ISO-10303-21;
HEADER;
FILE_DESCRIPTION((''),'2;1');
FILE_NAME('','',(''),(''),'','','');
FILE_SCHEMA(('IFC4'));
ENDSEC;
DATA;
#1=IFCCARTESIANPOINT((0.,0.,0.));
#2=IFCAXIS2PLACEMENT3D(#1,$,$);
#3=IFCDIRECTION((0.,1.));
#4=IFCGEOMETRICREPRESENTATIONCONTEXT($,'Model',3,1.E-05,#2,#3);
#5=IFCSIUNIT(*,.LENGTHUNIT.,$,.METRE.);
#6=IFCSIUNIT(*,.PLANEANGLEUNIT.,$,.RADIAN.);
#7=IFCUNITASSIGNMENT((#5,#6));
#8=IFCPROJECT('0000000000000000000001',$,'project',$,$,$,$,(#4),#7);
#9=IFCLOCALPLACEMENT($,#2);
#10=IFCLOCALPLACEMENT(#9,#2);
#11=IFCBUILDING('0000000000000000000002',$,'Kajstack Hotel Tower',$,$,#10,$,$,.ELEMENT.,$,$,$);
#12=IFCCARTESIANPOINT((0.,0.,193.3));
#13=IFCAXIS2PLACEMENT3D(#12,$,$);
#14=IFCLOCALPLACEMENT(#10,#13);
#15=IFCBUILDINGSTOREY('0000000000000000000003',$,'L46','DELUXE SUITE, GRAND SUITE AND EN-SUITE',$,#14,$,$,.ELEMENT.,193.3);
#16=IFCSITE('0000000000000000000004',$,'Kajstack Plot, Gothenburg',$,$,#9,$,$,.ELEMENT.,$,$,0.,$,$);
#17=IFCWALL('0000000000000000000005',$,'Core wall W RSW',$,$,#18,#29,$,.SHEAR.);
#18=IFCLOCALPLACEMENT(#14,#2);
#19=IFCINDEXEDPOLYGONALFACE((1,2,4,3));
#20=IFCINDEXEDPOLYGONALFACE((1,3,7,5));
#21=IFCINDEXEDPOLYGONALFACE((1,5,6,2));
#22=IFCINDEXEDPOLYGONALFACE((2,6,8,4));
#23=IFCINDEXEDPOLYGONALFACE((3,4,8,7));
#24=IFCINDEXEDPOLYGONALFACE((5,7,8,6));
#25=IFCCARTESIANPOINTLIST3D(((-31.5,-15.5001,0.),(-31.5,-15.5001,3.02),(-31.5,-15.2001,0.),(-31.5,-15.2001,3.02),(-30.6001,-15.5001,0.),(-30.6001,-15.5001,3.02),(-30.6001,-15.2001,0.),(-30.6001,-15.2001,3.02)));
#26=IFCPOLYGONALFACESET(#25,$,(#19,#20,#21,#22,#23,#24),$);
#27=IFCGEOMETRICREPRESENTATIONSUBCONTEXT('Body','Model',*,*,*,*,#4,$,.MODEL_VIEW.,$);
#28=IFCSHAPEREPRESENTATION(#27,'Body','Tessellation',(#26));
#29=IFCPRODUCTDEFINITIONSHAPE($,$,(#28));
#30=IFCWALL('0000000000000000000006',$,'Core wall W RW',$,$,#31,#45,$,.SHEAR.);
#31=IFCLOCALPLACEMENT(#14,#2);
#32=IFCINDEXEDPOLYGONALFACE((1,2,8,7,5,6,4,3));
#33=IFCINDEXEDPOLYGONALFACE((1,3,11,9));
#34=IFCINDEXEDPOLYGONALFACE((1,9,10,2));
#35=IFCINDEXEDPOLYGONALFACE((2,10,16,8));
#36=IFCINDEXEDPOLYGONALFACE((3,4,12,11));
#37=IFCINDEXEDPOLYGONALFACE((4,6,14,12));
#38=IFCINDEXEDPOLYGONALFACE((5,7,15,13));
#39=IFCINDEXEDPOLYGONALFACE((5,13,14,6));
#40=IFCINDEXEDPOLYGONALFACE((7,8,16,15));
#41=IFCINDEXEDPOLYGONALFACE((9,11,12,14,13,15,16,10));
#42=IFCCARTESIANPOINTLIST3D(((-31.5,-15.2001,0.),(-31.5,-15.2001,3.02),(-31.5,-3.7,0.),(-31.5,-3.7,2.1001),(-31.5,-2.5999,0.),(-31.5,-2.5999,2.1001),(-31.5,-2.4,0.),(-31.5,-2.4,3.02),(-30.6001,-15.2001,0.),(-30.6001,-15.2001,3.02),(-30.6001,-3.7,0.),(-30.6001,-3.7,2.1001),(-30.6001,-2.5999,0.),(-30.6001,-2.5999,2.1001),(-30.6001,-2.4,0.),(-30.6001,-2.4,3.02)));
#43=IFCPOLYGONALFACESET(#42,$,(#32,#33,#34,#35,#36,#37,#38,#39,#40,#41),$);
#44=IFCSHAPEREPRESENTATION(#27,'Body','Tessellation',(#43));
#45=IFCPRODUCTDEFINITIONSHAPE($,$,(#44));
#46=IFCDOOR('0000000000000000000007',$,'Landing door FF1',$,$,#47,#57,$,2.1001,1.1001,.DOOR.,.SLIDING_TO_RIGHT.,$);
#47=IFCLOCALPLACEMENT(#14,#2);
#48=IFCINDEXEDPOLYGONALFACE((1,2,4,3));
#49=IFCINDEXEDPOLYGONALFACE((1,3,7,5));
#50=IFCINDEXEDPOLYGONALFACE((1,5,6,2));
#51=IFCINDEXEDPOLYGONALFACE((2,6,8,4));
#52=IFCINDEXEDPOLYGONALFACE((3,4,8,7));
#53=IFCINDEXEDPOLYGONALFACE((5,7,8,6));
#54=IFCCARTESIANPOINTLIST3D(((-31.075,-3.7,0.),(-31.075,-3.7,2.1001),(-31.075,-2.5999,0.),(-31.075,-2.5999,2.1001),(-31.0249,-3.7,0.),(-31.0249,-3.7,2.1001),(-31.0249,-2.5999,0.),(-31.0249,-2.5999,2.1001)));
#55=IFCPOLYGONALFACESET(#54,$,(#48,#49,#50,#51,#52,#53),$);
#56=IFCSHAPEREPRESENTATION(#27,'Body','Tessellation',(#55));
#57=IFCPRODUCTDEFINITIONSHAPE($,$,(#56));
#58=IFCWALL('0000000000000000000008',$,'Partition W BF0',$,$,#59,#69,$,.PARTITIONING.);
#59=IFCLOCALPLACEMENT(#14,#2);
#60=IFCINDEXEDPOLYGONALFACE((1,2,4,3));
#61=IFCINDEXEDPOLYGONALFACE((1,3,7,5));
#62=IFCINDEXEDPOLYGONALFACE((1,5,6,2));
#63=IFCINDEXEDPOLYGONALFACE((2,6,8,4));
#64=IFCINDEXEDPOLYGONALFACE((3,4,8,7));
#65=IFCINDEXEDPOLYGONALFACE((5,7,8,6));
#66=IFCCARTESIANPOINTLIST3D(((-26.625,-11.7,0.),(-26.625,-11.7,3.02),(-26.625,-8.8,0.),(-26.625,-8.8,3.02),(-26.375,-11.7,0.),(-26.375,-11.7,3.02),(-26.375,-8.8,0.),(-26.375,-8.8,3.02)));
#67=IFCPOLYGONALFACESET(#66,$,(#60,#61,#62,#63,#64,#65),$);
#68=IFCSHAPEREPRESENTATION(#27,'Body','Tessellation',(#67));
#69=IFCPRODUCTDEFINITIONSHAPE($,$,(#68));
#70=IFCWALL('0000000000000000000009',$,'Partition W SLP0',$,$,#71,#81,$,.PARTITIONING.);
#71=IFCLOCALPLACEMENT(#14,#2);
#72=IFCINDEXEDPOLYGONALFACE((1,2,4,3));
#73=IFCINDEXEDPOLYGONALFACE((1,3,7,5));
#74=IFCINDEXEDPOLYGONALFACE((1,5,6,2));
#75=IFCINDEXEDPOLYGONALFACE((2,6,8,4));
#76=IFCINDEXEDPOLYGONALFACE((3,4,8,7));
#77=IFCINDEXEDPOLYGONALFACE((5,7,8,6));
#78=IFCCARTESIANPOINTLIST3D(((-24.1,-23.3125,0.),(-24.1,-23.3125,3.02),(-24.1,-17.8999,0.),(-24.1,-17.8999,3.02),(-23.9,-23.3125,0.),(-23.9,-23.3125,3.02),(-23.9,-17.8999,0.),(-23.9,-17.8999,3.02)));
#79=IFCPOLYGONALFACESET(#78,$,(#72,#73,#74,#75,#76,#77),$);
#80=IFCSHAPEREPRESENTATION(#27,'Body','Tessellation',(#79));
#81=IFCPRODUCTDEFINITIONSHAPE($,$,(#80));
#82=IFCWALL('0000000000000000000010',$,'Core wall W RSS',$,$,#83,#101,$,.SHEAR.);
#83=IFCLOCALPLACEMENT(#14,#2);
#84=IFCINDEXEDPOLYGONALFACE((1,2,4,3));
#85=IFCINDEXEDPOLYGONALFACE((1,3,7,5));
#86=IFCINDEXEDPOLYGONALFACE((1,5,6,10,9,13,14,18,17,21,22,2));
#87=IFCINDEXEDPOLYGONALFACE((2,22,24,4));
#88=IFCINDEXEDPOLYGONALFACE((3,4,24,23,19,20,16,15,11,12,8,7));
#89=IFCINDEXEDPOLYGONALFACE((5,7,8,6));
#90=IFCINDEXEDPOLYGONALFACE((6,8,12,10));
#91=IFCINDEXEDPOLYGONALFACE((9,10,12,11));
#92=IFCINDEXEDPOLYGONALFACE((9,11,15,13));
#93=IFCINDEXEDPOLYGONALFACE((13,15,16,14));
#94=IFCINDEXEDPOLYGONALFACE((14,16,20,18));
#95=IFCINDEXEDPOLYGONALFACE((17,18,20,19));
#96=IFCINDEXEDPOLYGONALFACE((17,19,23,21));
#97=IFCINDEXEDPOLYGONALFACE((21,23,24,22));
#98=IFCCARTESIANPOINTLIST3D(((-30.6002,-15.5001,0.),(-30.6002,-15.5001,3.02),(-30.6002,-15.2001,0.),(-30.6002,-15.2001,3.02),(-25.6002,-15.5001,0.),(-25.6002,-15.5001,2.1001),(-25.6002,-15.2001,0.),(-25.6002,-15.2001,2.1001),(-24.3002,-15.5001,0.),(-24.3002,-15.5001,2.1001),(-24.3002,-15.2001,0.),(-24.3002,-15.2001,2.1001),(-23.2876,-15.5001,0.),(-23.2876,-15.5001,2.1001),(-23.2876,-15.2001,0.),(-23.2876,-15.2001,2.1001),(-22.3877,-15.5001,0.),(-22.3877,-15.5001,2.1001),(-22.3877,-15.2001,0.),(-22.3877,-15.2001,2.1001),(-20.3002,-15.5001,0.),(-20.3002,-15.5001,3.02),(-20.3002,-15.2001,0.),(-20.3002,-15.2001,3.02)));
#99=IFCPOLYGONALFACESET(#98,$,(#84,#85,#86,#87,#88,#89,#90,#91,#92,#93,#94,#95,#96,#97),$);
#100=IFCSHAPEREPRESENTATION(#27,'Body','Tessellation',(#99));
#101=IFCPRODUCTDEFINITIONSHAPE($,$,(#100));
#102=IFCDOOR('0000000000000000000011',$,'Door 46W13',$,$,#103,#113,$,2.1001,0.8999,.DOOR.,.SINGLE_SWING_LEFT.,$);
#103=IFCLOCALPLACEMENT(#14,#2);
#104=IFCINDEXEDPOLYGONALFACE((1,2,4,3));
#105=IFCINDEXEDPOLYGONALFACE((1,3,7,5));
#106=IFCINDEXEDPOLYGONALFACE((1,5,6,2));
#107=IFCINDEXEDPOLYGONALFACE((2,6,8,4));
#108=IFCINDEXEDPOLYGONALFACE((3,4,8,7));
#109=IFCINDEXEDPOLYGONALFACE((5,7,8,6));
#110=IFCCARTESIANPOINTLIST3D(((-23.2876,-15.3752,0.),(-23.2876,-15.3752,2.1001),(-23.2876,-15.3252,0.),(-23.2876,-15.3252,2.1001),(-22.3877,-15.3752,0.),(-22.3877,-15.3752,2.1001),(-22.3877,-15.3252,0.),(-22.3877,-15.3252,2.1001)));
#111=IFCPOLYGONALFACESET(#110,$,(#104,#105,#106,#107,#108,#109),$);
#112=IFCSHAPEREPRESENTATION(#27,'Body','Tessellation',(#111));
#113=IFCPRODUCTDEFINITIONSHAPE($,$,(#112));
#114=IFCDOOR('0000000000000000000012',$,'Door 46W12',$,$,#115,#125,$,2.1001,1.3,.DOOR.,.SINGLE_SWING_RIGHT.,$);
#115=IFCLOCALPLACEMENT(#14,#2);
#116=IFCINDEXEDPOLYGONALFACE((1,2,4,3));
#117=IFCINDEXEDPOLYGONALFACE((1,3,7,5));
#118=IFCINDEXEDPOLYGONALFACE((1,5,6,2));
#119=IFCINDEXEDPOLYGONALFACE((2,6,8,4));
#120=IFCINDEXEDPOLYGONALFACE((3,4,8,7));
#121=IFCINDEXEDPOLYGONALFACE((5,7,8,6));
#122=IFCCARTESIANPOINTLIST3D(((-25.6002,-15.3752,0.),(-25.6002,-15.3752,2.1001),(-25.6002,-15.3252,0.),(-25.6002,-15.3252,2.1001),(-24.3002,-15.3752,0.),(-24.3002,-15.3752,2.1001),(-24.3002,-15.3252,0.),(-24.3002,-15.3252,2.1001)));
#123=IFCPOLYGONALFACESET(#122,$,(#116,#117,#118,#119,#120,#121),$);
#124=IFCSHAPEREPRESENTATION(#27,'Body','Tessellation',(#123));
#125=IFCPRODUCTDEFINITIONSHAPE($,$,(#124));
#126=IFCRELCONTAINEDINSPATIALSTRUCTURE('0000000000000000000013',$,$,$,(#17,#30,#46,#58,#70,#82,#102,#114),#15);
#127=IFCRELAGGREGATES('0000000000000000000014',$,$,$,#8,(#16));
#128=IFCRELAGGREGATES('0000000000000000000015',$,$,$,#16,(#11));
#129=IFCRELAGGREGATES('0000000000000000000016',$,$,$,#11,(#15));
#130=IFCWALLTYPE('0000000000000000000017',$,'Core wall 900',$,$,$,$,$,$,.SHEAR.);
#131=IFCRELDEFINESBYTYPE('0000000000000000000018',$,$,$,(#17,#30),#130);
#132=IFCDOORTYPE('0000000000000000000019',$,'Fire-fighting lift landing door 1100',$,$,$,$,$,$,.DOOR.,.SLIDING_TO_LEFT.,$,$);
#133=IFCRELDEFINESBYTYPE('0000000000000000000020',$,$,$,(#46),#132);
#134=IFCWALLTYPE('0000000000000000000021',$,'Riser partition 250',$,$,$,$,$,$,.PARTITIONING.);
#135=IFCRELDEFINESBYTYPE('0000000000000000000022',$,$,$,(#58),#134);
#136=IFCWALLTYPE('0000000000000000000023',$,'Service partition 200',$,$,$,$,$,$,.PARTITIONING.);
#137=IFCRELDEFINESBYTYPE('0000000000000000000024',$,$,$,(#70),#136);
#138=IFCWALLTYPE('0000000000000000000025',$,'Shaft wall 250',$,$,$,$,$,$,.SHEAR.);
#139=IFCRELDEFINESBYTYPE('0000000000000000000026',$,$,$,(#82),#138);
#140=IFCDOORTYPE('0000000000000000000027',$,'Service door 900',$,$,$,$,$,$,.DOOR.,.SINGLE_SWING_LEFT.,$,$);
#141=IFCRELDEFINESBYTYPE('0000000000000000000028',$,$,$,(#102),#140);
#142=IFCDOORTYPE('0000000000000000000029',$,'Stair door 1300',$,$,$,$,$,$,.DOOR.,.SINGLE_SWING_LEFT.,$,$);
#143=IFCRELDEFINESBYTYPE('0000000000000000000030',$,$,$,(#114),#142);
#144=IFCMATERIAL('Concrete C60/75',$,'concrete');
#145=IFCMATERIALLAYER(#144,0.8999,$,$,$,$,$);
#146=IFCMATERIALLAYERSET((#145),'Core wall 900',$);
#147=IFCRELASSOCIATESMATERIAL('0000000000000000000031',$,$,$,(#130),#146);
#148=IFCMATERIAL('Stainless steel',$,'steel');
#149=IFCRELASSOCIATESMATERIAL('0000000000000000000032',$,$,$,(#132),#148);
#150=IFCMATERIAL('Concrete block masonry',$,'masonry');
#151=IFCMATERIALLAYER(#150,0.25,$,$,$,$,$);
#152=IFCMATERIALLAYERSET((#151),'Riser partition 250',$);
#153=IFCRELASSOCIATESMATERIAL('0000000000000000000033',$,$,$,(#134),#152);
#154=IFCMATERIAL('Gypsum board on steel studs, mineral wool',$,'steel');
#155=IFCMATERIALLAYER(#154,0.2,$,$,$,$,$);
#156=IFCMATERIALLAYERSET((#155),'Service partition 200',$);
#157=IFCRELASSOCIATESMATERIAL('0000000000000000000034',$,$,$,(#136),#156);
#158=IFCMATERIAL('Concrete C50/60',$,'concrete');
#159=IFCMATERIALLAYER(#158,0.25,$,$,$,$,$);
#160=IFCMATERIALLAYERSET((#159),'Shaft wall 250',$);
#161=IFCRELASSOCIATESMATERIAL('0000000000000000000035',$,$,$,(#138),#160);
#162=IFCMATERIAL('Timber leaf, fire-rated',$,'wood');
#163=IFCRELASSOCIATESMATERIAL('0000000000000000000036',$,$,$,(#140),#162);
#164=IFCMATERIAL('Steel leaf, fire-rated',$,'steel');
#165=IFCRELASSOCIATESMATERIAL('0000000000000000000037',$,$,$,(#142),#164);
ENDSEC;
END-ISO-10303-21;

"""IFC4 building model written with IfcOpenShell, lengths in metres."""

from ifc_helpers import new_model, si_unit, direction, frame, frame_2d, origin, place, context, subcontext, project, spatial, rectangle, extrude, material, layer, layer_set, type_object, element, fill, save


model = new_model("IFC4")

# Units and contexts
model_context = context("Model", 3, precision=1e-05, world=origin(), true_north=direction((0.0, 1.0)))
body_context = subcontext(model_context, "Body", "Model", "MODEL_VIEW")
ifc_project = project(units=[si_unit("LENGTHUNIT", "METRE"), si_unit("PLANEANGLEUNIT", "RADIAN")], contexts=[model_context])

# Site, building, storey
site_placement = place(None, origin())
site = spatial("IfcSite", under=ifc_project, at=site_placement, Name="Kajstack Plot, Gothenburg", CompositionType="ELEMENT", RefElevation=0.0)
building_placement = place(site_placement, origin())
building = spatial("IfcBuilding", under=site, at=building_placement, Name="Kajstack Hotel Tower", CompositionType="ELEMENT")
storey_placement = place(building_placement, frame((0.0, 0.0, 193.3)))
storey = spatial("IfcBuildingStorey", under=building, at=storey_placement, Name="L46", Description="DELUXE SUITE, GRAND SUITE AND EN-SUITE", CompositionType="ELEMENT", Elevation=193.3)

# Wall
ifc_material_1 = material(Name="Concrete C60/75", Category="concrete")
ifc_layer_1 = layer(ifc_material_1, 0.8999)
ifc_layer_set_1 = layer_set([ifc_layer_1], Name="Core wall 900")
wall_type_1 = type_object("IfcWallType", Name="Core wall 900", PredefinedType="SHEAR", material=ifc_layer_set_1)
wall_1_placement = place(storey_placement, frame((-31.5, -15.3501, 0.0), z_axis=(0.0, 0.0, 1.0), x_axis=(1.0, 0.0, 0.0)))
element("IfcWall", 1, at=wall_1_placement, inside=storey, type_object=wall_type_1, Name="Core wall W RSW", PredefinedType="SHEAR", context=body_context, shape_type="SweptSolid", body=[
    extrude(rectangle(XDim=0.8999, YDim=0.3, at=frame_2d((0.45, 0.0))), origin(), (0.0, 0.0, 1.0), 3.02),
])

# Wall, opening, door
wall_2_placement = place(storey_placement, frame((-31.05, -15.2, 0.0), z_axis=(0.0, 0.0, 1.0), x_axis=(0.0, 1.0, 0.0)))
wall_2 = element("IfcWall", 2, at=wall_2_placement, inside=storey, type_object=wall_type_1, Name="Core wall W RW", PredefinedType="SHEAR", context=body_context, shape_type="SweptSolid", body=[
    extrude(rectangle(XDim=12.8, YDim=0.8999, at=frame_2d((6.3999, 0.0))), origin(), (0.0, 0.0, 1.0), 3.02),
])
opening_1_placement = place(wall_2_placement, frame((11.5, 0.0, 0.0)))
opening_1 = element("IfcOpeningElement", 3, at=opening_1_placement, cuts=wall_2, PredefinedType="OPENING", context=body_context, shape_type="SweptSolid", body=[
    extrude(rectangle(XDim=1.1001, YDim=2.1001, at=frame_2d((0.55, 1.05))), frame((0.0, 0.46, 0.0), z_axis=(0.0, -1.0, 0.0), x_axis=(1.0, 0.0, 0.0)), (0.0, 0.0, 1.0), 0.9199),
])
ifc_material_2 = material(Name="Stainless steel", Category="steel")
door_type_1 = type_object("IfcDoorType", Name="Fire-fighting lift landing door 1100", OperationType="SLIDING_TO_LEFT", PredefinedType="DOOR", material=ifc_material_2)
door_1_placement = place(opening_1_placement, origin())
door_1 = element("IfcDoor", 4, at=door_1_placement, inside=storey, type_object=door_type_1, Name="Landing door FF1", OperationType="SLIDING_TO_RIGHT", OverallHeight=2.1001, OverallWidth=1.1001, PredefinedType="DOOR", context=body_context, shape_type="SweptSolid", body=[
    extrude(rectangle(XDim=1.1001, YDim=2.1001, at=frame_2d((0.55, 1.05))), frame((0.0, 0.0249, 0.0), z_axis=(0.0, -1.0, 0.0), x_axis=(1.0, 0.0, 0.0)), (0.0, 0.0, 1.0), 0.05),
])
fill(opening_1, door_1)

# Walls
ifc_material_3 = material(Name="Concrete block masonry", Category="masonry")
ifc_layer_2 = layer(ifc_material_3, 0.25)
ifc_layer_set_2 = layer_set([ifc_layer_2], Name="Riser partition 250")
wall_type_2 = type_object("IfcWallType", Name="Riser partition 250", PredefinedType="PARTITIONING", material=ifc_layer_set_2)
wall_3_placement = place(storey_placement, frame((-26.5, -11.7, 0.0), z_axis=(0.0, 0.0, 1.0), x_axis=(0.0, 1.0, 0.0)))
element("IfcWall", 5, at=wall_3_placement, inside=storey, type_object=wall_type_2, Name="Partition W BF0", PredefinedType="PARTITIONING", context=body_context, shape_type="SweptSolid", body=[
    extrude(rectangle(XDim=2.8999, YDim=0.25, at=frame_2d((1.45, 0.0))), origin(), (0.0, 0.0, 1.0), 3.02),
])
ifc_material_4 = material(Name="Gypsum board on steel studs, mineral wool", Category="steel")
ifc_layer_3 = layer(ifc_material_4, 0.2)
ifc_layer_set_3 = layer_set([ifc_layer_3], Name="Service partition 200")
wall_type_3 = type_object("IfcWallType", Name="Service partition 200", PredefinedType="PARTITIONING", material=ifc_layer_set_3)
wall_4_placement = place(storey_placement, frame((-24.0, -23.3125, 0.0), z_axis=(0.0, 0.0, 1.0), x_axis=(0.0, 1.0, 0.0)))
element("IfcWall", 6, at=wall_4_placement, inside=storey, type_object=wall_type_3, Name="Partition W SLP0", PredefinedType="PARTITIONING", context=body_context, shape_type="SweptSolid", body=[
    extrude(rectangle(XDim=5.4126, YDim=0.2, at=frame_2d((2.7063, 0.0))), origin(), (0.0, 0.0, 1.0), 3.02),
])

# Wall, openings, doors
ifc_material_5 = material(Name="Concrete C50/60", Category="concrete")
ifc_layer_4 = layer(ifc_material_5, 0.25)
ifc_layer_set_4 = layer_set([ifc_layer_4], Name="Shaft wall 250")
wall_type_4 = type_object("IfcWallType", Name="Shaft wall 250", PredefinedType="SHEAR", material=ifc_layer_set_4)
wall_5_placement = place(storey_placement, frame((-30.6001, -15.3501, 0.0), z_axis=(0.0, 0.0, 1.0), x_axis=(1.0, 0.0, 0.0)))
wall_5 = element("IfcWall", 7, at=wall_5_placement, inside=storey, type_object=wall_type_4, Name="Core wall W RSS", PredefinedType="SHEAR", context=body_context, shape_type="SweptSolid", body=[
    extrude(rectangle(XDim=10.3, YDim=0.3, at=frame_2d((5.1499, 0.0))), origin(), (0.0, 0.0, 1.0), 3.02),
])
opening_2_placement = place(wall_5_placement, frame((5.0, 0.0, 0.0)))
opening_2 = element("IfcOpeningElement", 8, at=opening_2_placement, cuts=wall_5, PredefinedType="OPENING", context=body_context, shape_type="SweptSolid", body=[
    extrude(rectangle(XDim=1.3, YDim=2.1001, at=frame_2d((0.6499, 1.05))), frame((0.0, 0.1599, 0.0), z_axis=(0.0, -1.0, 0.0), x_axis=(1.0, 0.0, 0.0)), (0.0, 0.0, 1.0), 0.3201),
])
opening_3_placement = place(wall_5_placement, frame((7.3125, 0.0, 0.0)))
opening_3 = element("IfcOpeningElement", 9, at=opening_3_placement, cuts=wall_5, PredefinedType="OPENING", context=body_context, shape_type="SweptSolid", body=[
    extrude(rectangle(XDim=0.8999, YDim=2.1001, at=frame_2d((0.45, 1.05))), frame((0.0, 0.1599, 0.0), z_axis=(0.0, -1.0, 0.0), x_axis=(1.0, 0.0, 0.0)), (0.0, 0.0, 1.0), 0.3201),
])
ifc_material_6 = material(Name="Timber leaf, fire-rated", Category="wood")
door_type_2 = type_object("IfcDoorType", Name="Service door 900", OperationType="SINGLE_SWING_LEFT", PredefinedType="DOOR", material=ifc_material_6)
door_2_placement = place(opening_3_placement, origin())
door_2 = element("IfcDoor", 10, at=door_2_placement, inside=storey, type_object=door_type_2, Name="Door 46W13", OperationType="SINGLE_SWING_LEFT", OverallHeight=2.1001, OverallWidth=0.8999, PredefinedType="DOOR", context=body_context, shape_type="SweptSolid", body=[
    extrude(rectangle(XDim=0.8999, YDim=2.1001, at=frame_2d((0.45, 1.05))), frame((0.0, 0.0249, 0.0), z_axis=(0.0, -1.0, 0.0), x_axis=(1.0, 0.0, 0.0)), (0.0, 0.0, 1.0), 0.05),
])
fill(opening_3, door_2)
ifc_material_7 = material(Name="Steel leaf, fire-rated", Category="steel")
door_type_3 = type_object("IfcDoorType", Name="Stair door 1300", OperationType="SINGLE_SWING_LEFT", PredefinedType="DOOR", material=ifc_material_7)
door_3_placement = place(opening_2_placement, origin())
door_3 = element("IfcDoor", 11, at=door_3_placement, inside=storey, type_object=door_type_3, Name="Door 46W12", OperationType="SINGLE_SWING_RIGHT", OverallHeight=2.1001, OverallWidth=1.3, PredefinedType="DOOR", context=body_context, shape_type="SweptSolid", body=[
    extrude(rectangle(XDim=1.3, YDim=2.1001, at=frame_2d((0.6499, 1.05))), frame((0.0, 0.0249, 0.0), z_axis=(0.0, -1.0, 0.0), x_axis=(1.0, 0.0, 0.0)), (0.0, 0.0, 1.0), 0.05),
])
fill(opening_2, door_3)

save(model, "model.ifc")
